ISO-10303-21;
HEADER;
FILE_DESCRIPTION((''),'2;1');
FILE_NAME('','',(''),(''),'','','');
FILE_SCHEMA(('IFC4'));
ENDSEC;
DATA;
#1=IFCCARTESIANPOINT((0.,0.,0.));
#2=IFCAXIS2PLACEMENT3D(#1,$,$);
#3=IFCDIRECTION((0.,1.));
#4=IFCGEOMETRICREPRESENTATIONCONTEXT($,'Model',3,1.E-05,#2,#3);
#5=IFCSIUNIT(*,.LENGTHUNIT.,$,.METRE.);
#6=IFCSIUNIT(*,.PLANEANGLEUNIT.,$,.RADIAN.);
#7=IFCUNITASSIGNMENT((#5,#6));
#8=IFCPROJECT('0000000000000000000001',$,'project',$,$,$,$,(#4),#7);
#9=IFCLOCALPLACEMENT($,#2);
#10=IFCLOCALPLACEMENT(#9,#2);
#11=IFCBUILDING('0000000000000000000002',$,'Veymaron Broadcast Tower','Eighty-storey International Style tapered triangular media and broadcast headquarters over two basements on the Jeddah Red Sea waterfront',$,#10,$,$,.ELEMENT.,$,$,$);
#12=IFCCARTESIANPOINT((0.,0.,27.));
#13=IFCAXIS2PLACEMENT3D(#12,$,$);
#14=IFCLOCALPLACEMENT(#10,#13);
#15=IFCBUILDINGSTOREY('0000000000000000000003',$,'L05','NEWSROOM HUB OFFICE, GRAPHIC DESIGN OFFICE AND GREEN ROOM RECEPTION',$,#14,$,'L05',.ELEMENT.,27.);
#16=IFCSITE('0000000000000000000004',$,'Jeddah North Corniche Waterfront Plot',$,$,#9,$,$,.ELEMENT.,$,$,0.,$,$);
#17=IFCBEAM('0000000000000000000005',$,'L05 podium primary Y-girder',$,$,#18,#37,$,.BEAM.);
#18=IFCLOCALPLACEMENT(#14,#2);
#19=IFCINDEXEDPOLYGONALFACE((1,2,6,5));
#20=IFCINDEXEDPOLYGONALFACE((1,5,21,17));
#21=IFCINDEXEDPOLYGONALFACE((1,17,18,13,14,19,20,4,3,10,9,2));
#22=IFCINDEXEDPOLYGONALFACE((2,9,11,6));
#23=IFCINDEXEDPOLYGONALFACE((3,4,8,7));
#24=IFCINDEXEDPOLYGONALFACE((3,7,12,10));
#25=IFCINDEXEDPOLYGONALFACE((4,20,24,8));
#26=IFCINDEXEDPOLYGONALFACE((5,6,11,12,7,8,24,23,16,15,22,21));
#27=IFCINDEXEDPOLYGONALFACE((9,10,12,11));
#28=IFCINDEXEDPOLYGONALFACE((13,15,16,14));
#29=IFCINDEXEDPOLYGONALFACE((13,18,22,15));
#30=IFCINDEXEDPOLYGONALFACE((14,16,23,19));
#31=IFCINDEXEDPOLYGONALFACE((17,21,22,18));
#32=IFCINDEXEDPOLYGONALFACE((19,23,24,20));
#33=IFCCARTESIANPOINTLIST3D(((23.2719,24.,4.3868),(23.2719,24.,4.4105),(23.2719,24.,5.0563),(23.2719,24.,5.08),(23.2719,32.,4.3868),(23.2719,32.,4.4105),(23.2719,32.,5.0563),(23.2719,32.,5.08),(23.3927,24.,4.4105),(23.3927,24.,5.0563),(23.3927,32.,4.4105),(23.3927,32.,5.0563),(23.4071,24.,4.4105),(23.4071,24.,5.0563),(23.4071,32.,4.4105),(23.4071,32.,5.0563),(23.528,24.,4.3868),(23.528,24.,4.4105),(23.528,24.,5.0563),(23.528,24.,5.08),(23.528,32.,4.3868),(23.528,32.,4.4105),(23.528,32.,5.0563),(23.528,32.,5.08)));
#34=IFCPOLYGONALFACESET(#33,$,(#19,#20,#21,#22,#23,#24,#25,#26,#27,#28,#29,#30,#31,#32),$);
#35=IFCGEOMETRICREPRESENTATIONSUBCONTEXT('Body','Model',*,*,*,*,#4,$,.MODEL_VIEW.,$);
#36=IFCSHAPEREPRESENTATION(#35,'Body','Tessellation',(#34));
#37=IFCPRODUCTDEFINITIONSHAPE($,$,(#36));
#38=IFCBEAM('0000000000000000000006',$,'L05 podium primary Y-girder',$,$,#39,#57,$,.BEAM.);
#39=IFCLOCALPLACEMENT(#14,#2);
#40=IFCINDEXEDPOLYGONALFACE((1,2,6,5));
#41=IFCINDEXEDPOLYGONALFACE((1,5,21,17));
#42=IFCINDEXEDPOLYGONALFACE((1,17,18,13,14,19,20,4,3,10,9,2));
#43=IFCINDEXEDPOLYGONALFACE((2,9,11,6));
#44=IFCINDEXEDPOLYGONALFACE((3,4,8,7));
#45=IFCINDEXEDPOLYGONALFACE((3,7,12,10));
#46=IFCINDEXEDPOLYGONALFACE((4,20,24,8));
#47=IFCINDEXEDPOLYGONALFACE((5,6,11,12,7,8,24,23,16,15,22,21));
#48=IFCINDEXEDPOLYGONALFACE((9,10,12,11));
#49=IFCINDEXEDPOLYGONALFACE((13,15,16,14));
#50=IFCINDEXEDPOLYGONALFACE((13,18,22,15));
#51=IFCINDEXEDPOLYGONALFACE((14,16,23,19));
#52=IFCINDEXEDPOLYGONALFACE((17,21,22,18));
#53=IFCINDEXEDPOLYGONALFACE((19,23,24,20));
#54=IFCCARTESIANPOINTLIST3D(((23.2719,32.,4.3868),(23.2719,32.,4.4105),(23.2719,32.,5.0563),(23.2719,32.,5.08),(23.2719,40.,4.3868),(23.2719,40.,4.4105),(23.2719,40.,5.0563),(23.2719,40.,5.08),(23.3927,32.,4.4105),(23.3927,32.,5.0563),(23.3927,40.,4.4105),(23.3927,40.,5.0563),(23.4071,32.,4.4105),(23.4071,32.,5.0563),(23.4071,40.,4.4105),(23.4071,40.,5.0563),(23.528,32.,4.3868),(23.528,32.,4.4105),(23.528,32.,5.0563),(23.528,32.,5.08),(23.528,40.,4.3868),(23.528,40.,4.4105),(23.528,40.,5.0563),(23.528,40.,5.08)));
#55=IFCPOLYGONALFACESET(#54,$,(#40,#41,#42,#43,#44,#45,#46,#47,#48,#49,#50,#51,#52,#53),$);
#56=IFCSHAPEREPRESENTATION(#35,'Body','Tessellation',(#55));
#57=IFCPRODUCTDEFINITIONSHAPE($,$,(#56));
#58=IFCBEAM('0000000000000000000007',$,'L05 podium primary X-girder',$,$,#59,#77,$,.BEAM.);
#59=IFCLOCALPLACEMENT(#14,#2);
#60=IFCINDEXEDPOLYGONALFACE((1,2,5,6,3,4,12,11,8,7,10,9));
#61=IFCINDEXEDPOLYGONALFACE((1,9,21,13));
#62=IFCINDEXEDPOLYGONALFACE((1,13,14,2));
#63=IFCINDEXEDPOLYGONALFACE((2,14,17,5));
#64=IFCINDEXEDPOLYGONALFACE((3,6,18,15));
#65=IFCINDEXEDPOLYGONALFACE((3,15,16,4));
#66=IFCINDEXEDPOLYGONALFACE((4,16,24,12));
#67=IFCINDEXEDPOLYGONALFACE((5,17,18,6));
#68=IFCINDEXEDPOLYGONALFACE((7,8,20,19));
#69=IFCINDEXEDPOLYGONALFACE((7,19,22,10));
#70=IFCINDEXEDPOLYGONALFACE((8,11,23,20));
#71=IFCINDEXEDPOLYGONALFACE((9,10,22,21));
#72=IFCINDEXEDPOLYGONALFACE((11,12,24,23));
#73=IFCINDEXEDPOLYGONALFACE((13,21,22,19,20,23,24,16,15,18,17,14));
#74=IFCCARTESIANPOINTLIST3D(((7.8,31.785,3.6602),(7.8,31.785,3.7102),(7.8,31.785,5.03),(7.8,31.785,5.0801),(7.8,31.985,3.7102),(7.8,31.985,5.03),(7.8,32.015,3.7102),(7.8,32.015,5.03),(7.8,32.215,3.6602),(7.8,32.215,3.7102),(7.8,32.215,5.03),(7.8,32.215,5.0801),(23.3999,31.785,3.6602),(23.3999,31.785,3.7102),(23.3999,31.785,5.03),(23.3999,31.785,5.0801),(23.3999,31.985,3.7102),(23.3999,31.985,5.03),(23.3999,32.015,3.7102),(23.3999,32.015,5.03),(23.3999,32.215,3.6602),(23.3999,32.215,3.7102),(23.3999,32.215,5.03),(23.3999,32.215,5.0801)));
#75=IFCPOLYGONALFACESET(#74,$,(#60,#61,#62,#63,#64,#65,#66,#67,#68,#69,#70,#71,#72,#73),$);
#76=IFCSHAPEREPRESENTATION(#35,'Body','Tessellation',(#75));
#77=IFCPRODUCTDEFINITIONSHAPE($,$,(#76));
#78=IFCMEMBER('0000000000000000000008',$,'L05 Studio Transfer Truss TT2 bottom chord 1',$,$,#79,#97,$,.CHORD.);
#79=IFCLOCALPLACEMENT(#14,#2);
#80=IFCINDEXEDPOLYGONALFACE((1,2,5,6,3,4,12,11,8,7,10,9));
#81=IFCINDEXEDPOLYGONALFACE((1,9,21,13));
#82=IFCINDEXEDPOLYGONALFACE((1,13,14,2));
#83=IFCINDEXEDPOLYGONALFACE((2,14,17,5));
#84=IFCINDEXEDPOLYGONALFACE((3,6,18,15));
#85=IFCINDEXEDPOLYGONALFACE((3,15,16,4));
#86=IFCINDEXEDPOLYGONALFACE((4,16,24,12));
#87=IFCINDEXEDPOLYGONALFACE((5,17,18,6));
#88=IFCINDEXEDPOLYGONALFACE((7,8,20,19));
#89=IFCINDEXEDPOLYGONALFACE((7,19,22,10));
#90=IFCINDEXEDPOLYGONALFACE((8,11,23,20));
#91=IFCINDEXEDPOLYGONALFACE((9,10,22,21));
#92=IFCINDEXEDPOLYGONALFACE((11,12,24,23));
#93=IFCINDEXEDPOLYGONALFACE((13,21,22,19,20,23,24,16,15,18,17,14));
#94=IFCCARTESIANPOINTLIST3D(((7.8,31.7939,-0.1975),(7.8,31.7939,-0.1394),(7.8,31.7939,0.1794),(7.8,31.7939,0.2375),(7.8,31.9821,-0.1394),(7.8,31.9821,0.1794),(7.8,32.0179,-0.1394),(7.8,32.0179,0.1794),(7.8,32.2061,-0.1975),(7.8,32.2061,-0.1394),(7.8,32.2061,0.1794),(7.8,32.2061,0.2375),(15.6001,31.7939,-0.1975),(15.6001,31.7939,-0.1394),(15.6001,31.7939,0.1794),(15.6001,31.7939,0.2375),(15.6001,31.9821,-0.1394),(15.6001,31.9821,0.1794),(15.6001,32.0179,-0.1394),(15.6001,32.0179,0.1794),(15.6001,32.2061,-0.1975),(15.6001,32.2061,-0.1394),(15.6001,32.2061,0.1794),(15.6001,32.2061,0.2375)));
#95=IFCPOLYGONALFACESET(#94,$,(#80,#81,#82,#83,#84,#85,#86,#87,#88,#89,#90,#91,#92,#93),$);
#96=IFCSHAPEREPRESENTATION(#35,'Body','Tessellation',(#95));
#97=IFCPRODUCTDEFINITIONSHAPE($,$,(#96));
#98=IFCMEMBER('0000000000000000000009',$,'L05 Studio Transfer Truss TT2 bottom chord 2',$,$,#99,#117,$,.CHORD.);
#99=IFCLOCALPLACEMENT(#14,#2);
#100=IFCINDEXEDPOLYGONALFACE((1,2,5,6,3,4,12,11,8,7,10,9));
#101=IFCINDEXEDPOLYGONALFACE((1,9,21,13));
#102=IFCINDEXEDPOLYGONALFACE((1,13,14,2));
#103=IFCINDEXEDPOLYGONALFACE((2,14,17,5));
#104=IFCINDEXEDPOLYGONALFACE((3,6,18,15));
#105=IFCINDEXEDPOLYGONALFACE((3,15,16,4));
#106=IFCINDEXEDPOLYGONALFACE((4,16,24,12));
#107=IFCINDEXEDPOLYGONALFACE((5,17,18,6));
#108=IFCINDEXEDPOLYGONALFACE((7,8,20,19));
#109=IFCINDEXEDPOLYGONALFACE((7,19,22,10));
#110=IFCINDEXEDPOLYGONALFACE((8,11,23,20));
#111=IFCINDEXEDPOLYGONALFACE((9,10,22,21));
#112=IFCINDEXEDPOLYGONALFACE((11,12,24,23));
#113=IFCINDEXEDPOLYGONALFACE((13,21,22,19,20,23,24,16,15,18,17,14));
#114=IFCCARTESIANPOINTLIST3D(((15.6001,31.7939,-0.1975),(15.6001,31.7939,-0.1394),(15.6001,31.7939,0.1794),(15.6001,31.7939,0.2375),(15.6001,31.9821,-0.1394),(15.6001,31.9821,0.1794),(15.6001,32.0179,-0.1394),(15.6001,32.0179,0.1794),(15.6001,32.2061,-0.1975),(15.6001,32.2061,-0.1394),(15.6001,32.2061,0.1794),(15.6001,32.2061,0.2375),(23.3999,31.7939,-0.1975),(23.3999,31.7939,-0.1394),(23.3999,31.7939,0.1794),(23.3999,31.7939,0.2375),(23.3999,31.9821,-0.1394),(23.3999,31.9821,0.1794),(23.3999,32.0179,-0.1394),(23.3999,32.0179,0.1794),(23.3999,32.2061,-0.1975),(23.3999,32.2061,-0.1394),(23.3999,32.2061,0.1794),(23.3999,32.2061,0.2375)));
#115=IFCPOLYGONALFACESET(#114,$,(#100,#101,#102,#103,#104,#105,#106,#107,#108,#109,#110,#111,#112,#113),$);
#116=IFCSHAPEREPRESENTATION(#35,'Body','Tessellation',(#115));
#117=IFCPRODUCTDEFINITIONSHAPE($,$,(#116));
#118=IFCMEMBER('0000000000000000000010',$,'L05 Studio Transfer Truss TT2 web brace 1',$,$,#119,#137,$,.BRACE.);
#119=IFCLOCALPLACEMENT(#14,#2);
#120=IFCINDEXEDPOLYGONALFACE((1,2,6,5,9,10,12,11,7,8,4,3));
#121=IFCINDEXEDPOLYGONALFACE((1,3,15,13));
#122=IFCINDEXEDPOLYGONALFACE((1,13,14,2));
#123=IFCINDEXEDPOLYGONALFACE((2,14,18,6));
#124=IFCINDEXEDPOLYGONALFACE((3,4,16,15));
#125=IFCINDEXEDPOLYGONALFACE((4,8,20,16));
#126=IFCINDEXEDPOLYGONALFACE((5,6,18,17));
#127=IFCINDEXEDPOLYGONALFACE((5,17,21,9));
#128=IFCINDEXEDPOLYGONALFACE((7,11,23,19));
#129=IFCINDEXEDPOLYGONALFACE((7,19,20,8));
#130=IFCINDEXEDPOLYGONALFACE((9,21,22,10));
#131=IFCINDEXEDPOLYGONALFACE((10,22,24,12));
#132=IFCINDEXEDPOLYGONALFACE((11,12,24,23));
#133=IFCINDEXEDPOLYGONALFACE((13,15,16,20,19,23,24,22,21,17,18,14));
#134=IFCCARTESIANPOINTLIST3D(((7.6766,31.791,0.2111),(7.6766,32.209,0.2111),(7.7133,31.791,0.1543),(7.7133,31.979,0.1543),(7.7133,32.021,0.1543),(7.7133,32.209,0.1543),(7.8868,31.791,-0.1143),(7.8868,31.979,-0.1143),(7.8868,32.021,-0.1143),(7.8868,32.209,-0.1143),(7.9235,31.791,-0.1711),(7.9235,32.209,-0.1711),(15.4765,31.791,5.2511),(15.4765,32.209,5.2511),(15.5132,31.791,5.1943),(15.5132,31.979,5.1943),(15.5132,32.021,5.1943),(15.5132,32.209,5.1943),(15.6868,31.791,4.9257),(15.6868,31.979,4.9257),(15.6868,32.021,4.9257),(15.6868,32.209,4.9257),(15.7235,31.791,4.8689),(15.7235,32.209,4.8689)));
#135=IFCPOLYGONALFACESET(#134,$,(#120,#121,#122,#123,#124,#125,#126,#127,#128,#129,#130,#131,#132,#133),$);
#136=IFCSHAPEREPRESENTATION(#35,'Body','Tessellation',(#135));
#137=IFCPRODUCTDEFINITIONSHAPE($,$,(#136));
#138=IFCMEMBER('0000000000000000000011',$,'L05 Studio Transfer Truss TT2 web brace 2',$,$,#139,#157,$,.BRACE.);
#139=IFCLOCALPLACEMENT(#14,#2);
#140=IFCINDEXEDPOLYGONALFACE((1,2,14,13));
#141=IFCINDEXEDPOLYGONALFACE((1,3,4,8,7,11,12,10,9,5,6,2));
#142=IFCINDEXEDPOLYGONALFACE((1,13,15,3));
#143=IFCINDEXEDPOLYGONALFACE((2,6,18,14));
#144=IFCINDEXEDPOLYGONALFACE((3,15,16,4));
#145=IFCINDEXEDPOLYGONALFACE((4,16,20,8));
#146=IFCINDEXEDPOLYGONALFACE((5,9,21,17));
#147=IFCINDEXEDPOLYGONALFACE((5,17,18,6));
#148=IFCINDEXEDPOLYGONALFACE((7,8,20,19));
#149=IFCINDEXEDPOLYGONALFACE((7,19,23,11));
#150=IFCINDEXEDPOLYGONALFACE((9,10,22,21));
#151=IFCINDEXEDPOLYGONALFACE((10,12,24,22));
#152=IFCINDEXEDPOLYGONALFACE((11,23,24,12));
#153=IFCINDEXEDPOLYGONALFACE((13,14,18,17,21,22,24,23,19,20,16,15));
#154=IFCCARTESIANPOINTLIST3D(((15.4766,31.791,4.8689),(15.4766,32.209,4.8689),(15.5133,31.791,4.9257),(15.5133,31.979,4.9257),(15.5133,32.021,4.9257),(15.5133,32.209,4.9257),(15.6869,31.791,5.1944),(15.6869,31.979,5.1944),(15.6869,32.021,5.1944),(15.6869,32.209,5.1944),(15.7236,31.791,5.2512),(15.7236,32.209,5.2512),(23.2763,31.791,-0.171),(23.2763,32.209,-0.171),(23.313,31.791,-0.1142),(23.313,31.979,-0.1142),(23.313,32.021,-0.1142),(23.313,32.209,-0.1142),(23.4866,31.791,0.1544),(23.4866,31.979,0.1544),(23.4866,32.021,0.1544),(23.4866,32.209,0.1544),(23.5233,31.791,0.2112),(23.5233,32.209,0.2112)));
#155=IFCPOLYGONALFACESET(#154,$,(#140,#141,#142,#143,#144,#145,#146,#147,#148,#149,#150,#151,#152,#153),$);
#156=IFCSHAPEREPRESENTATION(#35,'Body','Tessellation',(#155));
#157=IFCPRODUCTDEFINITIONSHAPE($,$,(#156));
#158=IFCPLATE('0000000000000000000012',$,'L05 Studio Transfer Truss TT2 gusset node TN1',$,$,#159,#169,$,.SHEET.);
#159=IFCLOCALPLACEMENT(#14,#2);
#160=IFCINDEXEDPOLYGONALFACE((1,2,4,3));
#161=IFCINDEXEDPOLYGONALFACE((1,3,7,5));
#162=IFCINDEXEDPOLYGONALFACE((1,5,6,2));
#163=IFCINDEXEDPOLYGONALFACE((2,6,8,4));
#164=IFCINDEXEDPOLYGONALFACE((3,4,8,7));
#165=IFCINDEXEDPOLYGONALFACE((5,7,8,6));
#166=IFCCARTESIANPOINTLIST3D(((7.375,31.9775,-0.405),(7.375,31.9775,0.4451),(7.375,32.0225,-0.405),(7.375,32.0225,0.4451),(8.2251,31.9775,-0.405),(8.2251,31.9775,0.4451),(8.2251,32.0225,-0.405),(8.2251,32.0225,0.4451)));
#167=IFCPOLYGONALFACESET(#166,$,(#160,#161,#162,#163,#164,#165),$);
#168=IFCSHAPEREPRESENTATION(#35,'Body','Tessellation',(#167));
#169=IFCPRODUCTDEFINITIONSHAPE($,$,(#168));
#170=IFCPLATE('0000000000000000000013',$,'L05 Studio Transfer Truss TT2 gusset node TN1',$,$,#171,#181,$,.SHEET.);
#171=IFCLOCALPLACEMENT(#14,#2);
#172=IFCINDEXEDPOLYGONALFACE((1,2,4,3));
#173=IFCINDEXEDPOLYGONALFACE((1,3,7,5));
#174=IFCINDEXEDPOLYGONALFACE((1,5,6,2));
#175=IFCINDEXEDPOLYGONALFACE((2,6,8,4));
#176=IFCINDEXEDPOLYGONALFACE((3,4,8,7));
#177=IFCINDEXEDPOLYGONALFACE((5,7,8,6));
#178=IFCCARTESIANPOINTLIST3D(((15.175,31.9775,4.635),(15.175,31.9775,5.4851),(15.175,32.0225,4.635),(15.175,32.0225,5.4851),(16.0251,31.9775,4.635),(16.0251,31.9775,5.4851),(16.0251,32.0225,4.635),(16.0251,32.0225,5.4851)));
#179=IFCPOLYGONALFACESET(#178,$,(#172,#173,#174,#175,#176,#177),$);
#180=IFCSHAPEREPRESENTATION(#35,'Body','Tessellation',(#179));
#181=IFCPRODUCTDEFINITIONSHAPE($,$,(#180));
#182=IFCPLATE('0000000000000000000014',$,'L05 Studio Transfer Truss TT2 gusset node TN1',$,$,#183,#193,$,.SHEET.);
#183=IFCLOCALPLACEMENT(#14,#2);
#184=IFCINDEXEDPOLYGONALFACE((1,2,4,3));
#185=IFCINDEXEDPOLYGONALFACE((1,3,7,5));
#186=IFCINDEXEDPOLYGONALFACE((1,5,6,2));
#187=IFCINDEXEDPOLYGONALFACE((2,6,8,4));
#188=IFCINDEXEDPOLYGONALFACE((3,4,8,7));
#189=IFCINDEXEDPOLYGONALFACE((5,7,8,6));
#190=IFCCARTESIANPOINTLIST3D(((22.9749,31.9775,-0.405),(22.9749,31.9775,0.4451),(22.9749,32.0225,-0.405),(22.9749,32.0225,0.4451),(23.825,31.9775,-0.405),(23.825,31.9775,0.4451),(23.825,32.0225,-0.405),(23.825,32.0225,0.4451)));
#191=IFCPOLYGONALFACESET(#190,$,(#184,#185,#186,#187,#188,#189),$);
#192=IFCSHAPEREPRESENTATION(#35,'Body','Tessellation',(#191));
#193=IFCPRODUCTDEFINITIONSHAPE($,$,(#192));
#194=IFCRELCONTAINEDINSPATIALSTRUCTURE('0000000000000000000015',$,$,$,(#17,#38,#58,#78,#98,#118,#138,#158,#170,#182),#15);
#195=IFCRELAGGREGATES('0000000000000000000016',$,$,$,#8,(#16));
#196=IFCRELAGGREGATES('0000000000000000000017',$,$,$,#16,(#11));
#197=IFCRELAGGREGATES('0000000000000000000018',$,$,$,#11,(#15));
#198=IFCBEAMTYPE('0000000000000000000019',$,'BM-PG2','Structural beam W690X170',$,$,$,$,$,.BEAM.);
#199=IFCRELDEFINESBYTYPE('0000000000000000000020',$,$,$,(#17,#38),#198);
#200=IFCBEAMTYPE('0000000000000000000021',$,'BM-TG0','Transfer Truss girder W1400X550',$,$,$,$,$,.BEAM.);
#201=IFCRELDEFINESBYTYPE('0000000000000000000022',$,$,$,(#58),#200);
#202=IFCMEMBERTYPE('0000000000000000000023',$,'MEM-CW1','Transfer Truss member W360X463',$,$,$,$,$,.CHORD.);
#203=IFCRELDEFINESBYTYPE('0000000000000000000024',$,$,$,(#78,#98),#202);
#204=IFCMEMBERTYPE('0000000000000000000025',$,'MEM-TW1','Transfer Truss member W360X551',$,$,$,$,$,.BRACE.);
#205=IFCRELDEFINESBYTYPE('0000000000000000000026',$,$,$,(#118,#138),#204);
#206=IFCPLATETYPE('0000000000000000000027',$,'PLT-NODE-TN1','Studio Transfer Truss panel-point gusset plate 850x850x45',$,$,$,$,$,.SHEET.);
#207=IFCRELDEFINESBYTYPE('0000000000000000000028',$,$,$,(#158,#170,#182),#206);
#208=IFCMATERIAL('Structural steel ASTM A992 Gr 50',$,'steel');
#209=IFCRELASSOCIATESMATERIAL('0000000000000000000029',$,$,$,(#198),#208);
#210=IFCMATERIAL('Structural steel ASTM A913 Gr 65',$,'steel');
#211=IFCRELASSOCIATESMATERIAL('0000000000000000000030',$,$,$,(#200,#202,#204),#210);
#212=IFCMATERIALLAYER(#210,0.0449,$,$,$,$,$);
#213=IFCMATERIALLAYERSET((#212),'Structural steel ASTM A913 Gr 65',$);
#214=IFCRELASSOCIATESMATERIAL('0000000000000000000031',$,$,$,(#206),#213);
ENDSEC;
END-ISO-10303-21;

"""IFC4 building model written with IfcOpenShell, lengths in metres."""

from ifc_helpers import new_model, si_unit, direction, frame, origin, origin_2d, place, context, subcontext, project, spatial, rectangle, i_section, extrude, material, layer, layer_set, material_profile, profile_set, type_object, element, save


model = new_model("IFC4")

# Units and contexts
model_context = context("Model", 3, precision=1e-05, world=origin(), true_north=direction((0.0, 1.0)))
body_context = subcontext(model_context, "Body", "Model", "MODEL_VIEW")
ifc_project = project(units=[si_unit("LENGTHUNIT", "METRE"), si_unit("PLANEANGLEUNIT", "RADIAN")], contexts=[model_context])

# Site, building, storey
site_placement = place(None, origin())
site = spatial("IfcSite", under=ifc_project, at=site_placement, Name="Jeddah North Corniche Waterfront Plot", CompositionType="ELEMENT", RefElevation=0.0)
building_placement = place(site_placement, origin())
building = spatial("IfcBuilding", under=site, at=building_placement, Name="Veymaron Broadcast Tower", Description="Eighty-storey International Style tapered triangular media and broadcast headquarters over two basements on the Jeddah Red Sea waterfront", CompositionType="ELEMENT")
storey_placement = place(building_placement, frame((0.0, 0.0, 27.0)))
storey = spatial("IfcBuildingStorey", under=building, at=storey_placement, Name="L05", Description="NEWSROOM HUB OFFICE, GRAPHIC DESIGN OFFICE AND GREEN ROOM RECEPTION", LongName="L05", CompositionType="ELEMENT", Elevation=27.0)

# Shared definitions
ifc_material_1 = material(Name="Structural steel ASTM A913 Gr 65", Category="steel")

# Beams
ifc_material_2 = material(Name="Structural steel ASTM A992 Gr 50", Category="steel")
ifc_material_profile_1 = material_profile(ifc_material_2, i_section(OverallWidth=0.2561, OverallDepth=0.6931, WebThickness=0.0144, FlangeThickness=0.0237, at=origin_2d()), Name="W690X170")
ifc_profile_set_1 = profile_set([ifc_material_profile_1], Name="Structural steel ASTM A992 Gr 50")
beam_type_1 = type_object("IfcBeamType", Name="BM-PG2", Description="Structural beam W690X170", PredefinedType="BEAM", material=ifc_profile_set_1)
for number, where, z_axis, x_axis, name in (
    (1, (23.3999, 24.0, 4.7334), (0.0, 1.0, 0.0), (-1.0, 0.0, 0.0), "L05 podium primary Y-girder"),
    (2, (23.3999, 32.0, 4.7334), (0.0, 1.0, 0.0), (-1.0, 0.0, 0.0), "L05 podium primary Y-girder"),
):
    element("IfcBeam", number, at=place(storey_placement, frame(where, z_axis=z_axis, x_axis=x_axis)), inside=storey, type_object=beam_type_1, Name=name, PredefinedType="BEAM", context=body_context, shape_type="SweptSolid", body=[
        extrude(i_section(OverallWidth=0.2561, OverallDepth=0.6931, WebThickness=0.0144, FlangeThickness=0.0237, at=origin_2d()), origin(), (0.0, 0.0, 1.0), 8.0),
    ])
ifc_material_profile_2 = material_profile(ifc_material_1, i_section(OverallWidth=0.4299, OverallDepth=1.4199, WebThickness=0.03, FlangeThickness=0.05, at=origin_2d()), Name="W1400X550")
ifc_profile_set_2 = profile_set([ifc_material_profile_2], Name="Structural steel ASTM A913 Gr 65")
beam_type_2 = type_object("IfcBeamType", Name="BM-TG0", Description="Transfer Truss girder W1400X550", PredefinedType="BEAM", material=ifc_profile_set_2)
beam_1_placement = place(storey_placement, frame((7.8, 32.0, 4.3701), z_axis=(1.0, 0.0, 0.0), x_axis=(0.0, 1.0, 0.0)))
element("IfcBeam", 3, at=beam_1_placement, inside=storey, type_object=beam_type_2, Name="L05 podium primary X-girder", PredefinedType="BEAM", context=body_context, shape_type="SweptSolid", body=[
    extrude(i_section(OverallWidth=0.4299, OverallDepth=1.4199, WebThickness=0.03, FlangeThickness=0.05, at=origin_2d()), origin(), (0.0, 0.0, 1.0), 15.5999),
])

# Members
ifc_material_profile_3 = material_profile(ifc_material_1, i_section(OverallWidth=0.4121, OverallDepth=0.4351, WebThickness=0.0359, FlangeThickness=0.0581, at=origin_2d()), Name="W360X463")
ifc_profile_set_3 = profile_set([ifc_material_profile_3], Name="Structural steel ASTM A913 Gr 65")
member_type_1 = type_object("IfcMemberType", Name="MEM-CW1", Description="Transfer Truss member W360X463", PredefinedType="CHORD", material=ifc_profile_set_3)
member_1_placement = place(storey_placement, frame((7.8, 32.0, 0.02), z_axis=(1.0, 0.0, 0.0), x_axis=(0.0, 1.0, 0.0)))
element("IfcMember", 4, at=member_1_placement, inside=storey, type_object=member_type_1, Name="L05 Studio Transfer Truss TT2 bottom chord 1", PredefinedType="CHORD", context=body_context, shape_type="SweptSolid", body=[
    extrude(i_section(OverallWidth=0.4121, OverallDepth=0.4351, WebThickness=0.0359, FlangeThickness=0.0581, at=origin_2d()), origin(), (0.0, 0.0, 1.0), 7.8),
])
member_2_placement = place(storey_placement, frame((15.6001, 32.0, 0.02), z_axis=(1.0, 0.0, 0.0), x_axis=(0.0, 1.0, 0.0)))
element("IfcMember", 5, at=member_2_placement, inside=storey, type_object=member_type_1, Name="L05 Studio Transfer Truss TT2 bottom chord 2", PredefinedType="CHORD", context=body_context, shape_type="SweptSolid", body=[
    extrude(i_section(OverallWidth=0.4121, OverallDepth=0.4351, WebThickness=0.0359, FlangeThickness=0.0581, at=origin_2d()), origin(), (0.0, 0.0, 1.0), 7.7998),
])
ifc_material_profile_4 = material_profile(ifc_material_1, i_section(OverallWidth=0.418, OverallDepth=0.4551, WebThickness=0.042, FlangeThickness=0.0676, at=origin_2d()), Name="W360X551")
ifc_profile_set_4 = profile_set([ifc_material_profile_4], Name="Structural steel ASTM A913 Gr 65")
member_type_2 = type_object("IfcMemberType", Name="MEM-TW1", Description="Transfer Truss member W360X551", PredefinedType="BRACE", material=ifc_profile_set_4)
member_3_placement = place(storey_placement, frame((7.8, 32.0, 0.02), z_axis=(0.839916, 0.0, 0.542716), x_axis=(0.0, 1.0, 0.0)))
element("IfcMember", 6, at=member_3_placement, inside=storey, type_object=member_type_2, Name="L05 Studio Transfer Truss TT2 web brace 1", PredefinedType="BRACE", context=body_context, shape_type="SweptSolid", body=[
    extrude(i_section(OverallWidth=0.418, OverallDepth=0.4551, WebThickness=0.042, FlangeThickness=0.0676, at=origin_2d()), origin(), (0.0, 0.0, 1.0), 9.2866),
])
member_4_placement = place(storey_placement, frame((15.6001, 32.0, 5.0601), z_axis=(0.839909, 0.0, -0.542728), x_axis=(0.0, 1.0, 0.0)))
element("IfcMember", 7, at=member_4_placement, inside=storey, type_object=member_type_2, Name="L05 Studio Transfer Truss TT2 web brace 2", PredefinedType="BRACE", context=body_context, shape_type="SweptSolid", body=[
    extrude(i_section(OverallWidth=0.418, OverallDepth=0.4551, WebThickness=0.042, FlangeThickness=0.0676, at=origin_2d()), origin(), (0.0, 0.0, 1.0), 9.2864),
])

# Plates
ifc_layer_1 = layer(ifc_material_1, 0.0449)
ifc_layer_set_1 = layer_set([ifc_layer_1], Name="Structural steel ASTM A913 Gr 65")
plate_type = type_object("IfcPlateType", Name="PLT-NODE-TN1", Description="Studio Transfer Truss panel-point gusset plate 850x850x45", PredefinedType="SHEET", material=ifc_layer_set_1)
for number, where, z_axis, x_axis, name in (
    (8, (7.8, 32.0, -0.405), (0.0, 0.0, 1.0), (1.0, 0.0, 0.0), "L05 Studio Transfer Truss TT2 gusset node TN1"),
    (9, (15.6001, 32.0, 4.635), (0.0, 0.0, 1.0), (1.0, 0.0, 0.0), "L05 Studio Transfer Truss TT2 gusset node TN1"),
    (10, (23.3999, 32.0, -0.405), (0.0, 0.0, 1.0), (1.0, 0.0, 0.0), "L05 Studio Transfer Truss TT2 gusset node TN1"),
):
    element("IfcPlate", number, at=place(storey_placement, frame(where, z_axis=z_axis, x_axis=x_axis)), inside=storey, type_object=plate_type, Name=name, PredefinedType="SHEET", context=body_context, shape_type="SweptSolid", body=[
        extrude(rectangle(XDim=0.8501, YDim=0.0449, at=origin_2d()), origin(), (0.0, 0.0, 1.0), 0.8501),
    ])

save(model, "model.ifc")
